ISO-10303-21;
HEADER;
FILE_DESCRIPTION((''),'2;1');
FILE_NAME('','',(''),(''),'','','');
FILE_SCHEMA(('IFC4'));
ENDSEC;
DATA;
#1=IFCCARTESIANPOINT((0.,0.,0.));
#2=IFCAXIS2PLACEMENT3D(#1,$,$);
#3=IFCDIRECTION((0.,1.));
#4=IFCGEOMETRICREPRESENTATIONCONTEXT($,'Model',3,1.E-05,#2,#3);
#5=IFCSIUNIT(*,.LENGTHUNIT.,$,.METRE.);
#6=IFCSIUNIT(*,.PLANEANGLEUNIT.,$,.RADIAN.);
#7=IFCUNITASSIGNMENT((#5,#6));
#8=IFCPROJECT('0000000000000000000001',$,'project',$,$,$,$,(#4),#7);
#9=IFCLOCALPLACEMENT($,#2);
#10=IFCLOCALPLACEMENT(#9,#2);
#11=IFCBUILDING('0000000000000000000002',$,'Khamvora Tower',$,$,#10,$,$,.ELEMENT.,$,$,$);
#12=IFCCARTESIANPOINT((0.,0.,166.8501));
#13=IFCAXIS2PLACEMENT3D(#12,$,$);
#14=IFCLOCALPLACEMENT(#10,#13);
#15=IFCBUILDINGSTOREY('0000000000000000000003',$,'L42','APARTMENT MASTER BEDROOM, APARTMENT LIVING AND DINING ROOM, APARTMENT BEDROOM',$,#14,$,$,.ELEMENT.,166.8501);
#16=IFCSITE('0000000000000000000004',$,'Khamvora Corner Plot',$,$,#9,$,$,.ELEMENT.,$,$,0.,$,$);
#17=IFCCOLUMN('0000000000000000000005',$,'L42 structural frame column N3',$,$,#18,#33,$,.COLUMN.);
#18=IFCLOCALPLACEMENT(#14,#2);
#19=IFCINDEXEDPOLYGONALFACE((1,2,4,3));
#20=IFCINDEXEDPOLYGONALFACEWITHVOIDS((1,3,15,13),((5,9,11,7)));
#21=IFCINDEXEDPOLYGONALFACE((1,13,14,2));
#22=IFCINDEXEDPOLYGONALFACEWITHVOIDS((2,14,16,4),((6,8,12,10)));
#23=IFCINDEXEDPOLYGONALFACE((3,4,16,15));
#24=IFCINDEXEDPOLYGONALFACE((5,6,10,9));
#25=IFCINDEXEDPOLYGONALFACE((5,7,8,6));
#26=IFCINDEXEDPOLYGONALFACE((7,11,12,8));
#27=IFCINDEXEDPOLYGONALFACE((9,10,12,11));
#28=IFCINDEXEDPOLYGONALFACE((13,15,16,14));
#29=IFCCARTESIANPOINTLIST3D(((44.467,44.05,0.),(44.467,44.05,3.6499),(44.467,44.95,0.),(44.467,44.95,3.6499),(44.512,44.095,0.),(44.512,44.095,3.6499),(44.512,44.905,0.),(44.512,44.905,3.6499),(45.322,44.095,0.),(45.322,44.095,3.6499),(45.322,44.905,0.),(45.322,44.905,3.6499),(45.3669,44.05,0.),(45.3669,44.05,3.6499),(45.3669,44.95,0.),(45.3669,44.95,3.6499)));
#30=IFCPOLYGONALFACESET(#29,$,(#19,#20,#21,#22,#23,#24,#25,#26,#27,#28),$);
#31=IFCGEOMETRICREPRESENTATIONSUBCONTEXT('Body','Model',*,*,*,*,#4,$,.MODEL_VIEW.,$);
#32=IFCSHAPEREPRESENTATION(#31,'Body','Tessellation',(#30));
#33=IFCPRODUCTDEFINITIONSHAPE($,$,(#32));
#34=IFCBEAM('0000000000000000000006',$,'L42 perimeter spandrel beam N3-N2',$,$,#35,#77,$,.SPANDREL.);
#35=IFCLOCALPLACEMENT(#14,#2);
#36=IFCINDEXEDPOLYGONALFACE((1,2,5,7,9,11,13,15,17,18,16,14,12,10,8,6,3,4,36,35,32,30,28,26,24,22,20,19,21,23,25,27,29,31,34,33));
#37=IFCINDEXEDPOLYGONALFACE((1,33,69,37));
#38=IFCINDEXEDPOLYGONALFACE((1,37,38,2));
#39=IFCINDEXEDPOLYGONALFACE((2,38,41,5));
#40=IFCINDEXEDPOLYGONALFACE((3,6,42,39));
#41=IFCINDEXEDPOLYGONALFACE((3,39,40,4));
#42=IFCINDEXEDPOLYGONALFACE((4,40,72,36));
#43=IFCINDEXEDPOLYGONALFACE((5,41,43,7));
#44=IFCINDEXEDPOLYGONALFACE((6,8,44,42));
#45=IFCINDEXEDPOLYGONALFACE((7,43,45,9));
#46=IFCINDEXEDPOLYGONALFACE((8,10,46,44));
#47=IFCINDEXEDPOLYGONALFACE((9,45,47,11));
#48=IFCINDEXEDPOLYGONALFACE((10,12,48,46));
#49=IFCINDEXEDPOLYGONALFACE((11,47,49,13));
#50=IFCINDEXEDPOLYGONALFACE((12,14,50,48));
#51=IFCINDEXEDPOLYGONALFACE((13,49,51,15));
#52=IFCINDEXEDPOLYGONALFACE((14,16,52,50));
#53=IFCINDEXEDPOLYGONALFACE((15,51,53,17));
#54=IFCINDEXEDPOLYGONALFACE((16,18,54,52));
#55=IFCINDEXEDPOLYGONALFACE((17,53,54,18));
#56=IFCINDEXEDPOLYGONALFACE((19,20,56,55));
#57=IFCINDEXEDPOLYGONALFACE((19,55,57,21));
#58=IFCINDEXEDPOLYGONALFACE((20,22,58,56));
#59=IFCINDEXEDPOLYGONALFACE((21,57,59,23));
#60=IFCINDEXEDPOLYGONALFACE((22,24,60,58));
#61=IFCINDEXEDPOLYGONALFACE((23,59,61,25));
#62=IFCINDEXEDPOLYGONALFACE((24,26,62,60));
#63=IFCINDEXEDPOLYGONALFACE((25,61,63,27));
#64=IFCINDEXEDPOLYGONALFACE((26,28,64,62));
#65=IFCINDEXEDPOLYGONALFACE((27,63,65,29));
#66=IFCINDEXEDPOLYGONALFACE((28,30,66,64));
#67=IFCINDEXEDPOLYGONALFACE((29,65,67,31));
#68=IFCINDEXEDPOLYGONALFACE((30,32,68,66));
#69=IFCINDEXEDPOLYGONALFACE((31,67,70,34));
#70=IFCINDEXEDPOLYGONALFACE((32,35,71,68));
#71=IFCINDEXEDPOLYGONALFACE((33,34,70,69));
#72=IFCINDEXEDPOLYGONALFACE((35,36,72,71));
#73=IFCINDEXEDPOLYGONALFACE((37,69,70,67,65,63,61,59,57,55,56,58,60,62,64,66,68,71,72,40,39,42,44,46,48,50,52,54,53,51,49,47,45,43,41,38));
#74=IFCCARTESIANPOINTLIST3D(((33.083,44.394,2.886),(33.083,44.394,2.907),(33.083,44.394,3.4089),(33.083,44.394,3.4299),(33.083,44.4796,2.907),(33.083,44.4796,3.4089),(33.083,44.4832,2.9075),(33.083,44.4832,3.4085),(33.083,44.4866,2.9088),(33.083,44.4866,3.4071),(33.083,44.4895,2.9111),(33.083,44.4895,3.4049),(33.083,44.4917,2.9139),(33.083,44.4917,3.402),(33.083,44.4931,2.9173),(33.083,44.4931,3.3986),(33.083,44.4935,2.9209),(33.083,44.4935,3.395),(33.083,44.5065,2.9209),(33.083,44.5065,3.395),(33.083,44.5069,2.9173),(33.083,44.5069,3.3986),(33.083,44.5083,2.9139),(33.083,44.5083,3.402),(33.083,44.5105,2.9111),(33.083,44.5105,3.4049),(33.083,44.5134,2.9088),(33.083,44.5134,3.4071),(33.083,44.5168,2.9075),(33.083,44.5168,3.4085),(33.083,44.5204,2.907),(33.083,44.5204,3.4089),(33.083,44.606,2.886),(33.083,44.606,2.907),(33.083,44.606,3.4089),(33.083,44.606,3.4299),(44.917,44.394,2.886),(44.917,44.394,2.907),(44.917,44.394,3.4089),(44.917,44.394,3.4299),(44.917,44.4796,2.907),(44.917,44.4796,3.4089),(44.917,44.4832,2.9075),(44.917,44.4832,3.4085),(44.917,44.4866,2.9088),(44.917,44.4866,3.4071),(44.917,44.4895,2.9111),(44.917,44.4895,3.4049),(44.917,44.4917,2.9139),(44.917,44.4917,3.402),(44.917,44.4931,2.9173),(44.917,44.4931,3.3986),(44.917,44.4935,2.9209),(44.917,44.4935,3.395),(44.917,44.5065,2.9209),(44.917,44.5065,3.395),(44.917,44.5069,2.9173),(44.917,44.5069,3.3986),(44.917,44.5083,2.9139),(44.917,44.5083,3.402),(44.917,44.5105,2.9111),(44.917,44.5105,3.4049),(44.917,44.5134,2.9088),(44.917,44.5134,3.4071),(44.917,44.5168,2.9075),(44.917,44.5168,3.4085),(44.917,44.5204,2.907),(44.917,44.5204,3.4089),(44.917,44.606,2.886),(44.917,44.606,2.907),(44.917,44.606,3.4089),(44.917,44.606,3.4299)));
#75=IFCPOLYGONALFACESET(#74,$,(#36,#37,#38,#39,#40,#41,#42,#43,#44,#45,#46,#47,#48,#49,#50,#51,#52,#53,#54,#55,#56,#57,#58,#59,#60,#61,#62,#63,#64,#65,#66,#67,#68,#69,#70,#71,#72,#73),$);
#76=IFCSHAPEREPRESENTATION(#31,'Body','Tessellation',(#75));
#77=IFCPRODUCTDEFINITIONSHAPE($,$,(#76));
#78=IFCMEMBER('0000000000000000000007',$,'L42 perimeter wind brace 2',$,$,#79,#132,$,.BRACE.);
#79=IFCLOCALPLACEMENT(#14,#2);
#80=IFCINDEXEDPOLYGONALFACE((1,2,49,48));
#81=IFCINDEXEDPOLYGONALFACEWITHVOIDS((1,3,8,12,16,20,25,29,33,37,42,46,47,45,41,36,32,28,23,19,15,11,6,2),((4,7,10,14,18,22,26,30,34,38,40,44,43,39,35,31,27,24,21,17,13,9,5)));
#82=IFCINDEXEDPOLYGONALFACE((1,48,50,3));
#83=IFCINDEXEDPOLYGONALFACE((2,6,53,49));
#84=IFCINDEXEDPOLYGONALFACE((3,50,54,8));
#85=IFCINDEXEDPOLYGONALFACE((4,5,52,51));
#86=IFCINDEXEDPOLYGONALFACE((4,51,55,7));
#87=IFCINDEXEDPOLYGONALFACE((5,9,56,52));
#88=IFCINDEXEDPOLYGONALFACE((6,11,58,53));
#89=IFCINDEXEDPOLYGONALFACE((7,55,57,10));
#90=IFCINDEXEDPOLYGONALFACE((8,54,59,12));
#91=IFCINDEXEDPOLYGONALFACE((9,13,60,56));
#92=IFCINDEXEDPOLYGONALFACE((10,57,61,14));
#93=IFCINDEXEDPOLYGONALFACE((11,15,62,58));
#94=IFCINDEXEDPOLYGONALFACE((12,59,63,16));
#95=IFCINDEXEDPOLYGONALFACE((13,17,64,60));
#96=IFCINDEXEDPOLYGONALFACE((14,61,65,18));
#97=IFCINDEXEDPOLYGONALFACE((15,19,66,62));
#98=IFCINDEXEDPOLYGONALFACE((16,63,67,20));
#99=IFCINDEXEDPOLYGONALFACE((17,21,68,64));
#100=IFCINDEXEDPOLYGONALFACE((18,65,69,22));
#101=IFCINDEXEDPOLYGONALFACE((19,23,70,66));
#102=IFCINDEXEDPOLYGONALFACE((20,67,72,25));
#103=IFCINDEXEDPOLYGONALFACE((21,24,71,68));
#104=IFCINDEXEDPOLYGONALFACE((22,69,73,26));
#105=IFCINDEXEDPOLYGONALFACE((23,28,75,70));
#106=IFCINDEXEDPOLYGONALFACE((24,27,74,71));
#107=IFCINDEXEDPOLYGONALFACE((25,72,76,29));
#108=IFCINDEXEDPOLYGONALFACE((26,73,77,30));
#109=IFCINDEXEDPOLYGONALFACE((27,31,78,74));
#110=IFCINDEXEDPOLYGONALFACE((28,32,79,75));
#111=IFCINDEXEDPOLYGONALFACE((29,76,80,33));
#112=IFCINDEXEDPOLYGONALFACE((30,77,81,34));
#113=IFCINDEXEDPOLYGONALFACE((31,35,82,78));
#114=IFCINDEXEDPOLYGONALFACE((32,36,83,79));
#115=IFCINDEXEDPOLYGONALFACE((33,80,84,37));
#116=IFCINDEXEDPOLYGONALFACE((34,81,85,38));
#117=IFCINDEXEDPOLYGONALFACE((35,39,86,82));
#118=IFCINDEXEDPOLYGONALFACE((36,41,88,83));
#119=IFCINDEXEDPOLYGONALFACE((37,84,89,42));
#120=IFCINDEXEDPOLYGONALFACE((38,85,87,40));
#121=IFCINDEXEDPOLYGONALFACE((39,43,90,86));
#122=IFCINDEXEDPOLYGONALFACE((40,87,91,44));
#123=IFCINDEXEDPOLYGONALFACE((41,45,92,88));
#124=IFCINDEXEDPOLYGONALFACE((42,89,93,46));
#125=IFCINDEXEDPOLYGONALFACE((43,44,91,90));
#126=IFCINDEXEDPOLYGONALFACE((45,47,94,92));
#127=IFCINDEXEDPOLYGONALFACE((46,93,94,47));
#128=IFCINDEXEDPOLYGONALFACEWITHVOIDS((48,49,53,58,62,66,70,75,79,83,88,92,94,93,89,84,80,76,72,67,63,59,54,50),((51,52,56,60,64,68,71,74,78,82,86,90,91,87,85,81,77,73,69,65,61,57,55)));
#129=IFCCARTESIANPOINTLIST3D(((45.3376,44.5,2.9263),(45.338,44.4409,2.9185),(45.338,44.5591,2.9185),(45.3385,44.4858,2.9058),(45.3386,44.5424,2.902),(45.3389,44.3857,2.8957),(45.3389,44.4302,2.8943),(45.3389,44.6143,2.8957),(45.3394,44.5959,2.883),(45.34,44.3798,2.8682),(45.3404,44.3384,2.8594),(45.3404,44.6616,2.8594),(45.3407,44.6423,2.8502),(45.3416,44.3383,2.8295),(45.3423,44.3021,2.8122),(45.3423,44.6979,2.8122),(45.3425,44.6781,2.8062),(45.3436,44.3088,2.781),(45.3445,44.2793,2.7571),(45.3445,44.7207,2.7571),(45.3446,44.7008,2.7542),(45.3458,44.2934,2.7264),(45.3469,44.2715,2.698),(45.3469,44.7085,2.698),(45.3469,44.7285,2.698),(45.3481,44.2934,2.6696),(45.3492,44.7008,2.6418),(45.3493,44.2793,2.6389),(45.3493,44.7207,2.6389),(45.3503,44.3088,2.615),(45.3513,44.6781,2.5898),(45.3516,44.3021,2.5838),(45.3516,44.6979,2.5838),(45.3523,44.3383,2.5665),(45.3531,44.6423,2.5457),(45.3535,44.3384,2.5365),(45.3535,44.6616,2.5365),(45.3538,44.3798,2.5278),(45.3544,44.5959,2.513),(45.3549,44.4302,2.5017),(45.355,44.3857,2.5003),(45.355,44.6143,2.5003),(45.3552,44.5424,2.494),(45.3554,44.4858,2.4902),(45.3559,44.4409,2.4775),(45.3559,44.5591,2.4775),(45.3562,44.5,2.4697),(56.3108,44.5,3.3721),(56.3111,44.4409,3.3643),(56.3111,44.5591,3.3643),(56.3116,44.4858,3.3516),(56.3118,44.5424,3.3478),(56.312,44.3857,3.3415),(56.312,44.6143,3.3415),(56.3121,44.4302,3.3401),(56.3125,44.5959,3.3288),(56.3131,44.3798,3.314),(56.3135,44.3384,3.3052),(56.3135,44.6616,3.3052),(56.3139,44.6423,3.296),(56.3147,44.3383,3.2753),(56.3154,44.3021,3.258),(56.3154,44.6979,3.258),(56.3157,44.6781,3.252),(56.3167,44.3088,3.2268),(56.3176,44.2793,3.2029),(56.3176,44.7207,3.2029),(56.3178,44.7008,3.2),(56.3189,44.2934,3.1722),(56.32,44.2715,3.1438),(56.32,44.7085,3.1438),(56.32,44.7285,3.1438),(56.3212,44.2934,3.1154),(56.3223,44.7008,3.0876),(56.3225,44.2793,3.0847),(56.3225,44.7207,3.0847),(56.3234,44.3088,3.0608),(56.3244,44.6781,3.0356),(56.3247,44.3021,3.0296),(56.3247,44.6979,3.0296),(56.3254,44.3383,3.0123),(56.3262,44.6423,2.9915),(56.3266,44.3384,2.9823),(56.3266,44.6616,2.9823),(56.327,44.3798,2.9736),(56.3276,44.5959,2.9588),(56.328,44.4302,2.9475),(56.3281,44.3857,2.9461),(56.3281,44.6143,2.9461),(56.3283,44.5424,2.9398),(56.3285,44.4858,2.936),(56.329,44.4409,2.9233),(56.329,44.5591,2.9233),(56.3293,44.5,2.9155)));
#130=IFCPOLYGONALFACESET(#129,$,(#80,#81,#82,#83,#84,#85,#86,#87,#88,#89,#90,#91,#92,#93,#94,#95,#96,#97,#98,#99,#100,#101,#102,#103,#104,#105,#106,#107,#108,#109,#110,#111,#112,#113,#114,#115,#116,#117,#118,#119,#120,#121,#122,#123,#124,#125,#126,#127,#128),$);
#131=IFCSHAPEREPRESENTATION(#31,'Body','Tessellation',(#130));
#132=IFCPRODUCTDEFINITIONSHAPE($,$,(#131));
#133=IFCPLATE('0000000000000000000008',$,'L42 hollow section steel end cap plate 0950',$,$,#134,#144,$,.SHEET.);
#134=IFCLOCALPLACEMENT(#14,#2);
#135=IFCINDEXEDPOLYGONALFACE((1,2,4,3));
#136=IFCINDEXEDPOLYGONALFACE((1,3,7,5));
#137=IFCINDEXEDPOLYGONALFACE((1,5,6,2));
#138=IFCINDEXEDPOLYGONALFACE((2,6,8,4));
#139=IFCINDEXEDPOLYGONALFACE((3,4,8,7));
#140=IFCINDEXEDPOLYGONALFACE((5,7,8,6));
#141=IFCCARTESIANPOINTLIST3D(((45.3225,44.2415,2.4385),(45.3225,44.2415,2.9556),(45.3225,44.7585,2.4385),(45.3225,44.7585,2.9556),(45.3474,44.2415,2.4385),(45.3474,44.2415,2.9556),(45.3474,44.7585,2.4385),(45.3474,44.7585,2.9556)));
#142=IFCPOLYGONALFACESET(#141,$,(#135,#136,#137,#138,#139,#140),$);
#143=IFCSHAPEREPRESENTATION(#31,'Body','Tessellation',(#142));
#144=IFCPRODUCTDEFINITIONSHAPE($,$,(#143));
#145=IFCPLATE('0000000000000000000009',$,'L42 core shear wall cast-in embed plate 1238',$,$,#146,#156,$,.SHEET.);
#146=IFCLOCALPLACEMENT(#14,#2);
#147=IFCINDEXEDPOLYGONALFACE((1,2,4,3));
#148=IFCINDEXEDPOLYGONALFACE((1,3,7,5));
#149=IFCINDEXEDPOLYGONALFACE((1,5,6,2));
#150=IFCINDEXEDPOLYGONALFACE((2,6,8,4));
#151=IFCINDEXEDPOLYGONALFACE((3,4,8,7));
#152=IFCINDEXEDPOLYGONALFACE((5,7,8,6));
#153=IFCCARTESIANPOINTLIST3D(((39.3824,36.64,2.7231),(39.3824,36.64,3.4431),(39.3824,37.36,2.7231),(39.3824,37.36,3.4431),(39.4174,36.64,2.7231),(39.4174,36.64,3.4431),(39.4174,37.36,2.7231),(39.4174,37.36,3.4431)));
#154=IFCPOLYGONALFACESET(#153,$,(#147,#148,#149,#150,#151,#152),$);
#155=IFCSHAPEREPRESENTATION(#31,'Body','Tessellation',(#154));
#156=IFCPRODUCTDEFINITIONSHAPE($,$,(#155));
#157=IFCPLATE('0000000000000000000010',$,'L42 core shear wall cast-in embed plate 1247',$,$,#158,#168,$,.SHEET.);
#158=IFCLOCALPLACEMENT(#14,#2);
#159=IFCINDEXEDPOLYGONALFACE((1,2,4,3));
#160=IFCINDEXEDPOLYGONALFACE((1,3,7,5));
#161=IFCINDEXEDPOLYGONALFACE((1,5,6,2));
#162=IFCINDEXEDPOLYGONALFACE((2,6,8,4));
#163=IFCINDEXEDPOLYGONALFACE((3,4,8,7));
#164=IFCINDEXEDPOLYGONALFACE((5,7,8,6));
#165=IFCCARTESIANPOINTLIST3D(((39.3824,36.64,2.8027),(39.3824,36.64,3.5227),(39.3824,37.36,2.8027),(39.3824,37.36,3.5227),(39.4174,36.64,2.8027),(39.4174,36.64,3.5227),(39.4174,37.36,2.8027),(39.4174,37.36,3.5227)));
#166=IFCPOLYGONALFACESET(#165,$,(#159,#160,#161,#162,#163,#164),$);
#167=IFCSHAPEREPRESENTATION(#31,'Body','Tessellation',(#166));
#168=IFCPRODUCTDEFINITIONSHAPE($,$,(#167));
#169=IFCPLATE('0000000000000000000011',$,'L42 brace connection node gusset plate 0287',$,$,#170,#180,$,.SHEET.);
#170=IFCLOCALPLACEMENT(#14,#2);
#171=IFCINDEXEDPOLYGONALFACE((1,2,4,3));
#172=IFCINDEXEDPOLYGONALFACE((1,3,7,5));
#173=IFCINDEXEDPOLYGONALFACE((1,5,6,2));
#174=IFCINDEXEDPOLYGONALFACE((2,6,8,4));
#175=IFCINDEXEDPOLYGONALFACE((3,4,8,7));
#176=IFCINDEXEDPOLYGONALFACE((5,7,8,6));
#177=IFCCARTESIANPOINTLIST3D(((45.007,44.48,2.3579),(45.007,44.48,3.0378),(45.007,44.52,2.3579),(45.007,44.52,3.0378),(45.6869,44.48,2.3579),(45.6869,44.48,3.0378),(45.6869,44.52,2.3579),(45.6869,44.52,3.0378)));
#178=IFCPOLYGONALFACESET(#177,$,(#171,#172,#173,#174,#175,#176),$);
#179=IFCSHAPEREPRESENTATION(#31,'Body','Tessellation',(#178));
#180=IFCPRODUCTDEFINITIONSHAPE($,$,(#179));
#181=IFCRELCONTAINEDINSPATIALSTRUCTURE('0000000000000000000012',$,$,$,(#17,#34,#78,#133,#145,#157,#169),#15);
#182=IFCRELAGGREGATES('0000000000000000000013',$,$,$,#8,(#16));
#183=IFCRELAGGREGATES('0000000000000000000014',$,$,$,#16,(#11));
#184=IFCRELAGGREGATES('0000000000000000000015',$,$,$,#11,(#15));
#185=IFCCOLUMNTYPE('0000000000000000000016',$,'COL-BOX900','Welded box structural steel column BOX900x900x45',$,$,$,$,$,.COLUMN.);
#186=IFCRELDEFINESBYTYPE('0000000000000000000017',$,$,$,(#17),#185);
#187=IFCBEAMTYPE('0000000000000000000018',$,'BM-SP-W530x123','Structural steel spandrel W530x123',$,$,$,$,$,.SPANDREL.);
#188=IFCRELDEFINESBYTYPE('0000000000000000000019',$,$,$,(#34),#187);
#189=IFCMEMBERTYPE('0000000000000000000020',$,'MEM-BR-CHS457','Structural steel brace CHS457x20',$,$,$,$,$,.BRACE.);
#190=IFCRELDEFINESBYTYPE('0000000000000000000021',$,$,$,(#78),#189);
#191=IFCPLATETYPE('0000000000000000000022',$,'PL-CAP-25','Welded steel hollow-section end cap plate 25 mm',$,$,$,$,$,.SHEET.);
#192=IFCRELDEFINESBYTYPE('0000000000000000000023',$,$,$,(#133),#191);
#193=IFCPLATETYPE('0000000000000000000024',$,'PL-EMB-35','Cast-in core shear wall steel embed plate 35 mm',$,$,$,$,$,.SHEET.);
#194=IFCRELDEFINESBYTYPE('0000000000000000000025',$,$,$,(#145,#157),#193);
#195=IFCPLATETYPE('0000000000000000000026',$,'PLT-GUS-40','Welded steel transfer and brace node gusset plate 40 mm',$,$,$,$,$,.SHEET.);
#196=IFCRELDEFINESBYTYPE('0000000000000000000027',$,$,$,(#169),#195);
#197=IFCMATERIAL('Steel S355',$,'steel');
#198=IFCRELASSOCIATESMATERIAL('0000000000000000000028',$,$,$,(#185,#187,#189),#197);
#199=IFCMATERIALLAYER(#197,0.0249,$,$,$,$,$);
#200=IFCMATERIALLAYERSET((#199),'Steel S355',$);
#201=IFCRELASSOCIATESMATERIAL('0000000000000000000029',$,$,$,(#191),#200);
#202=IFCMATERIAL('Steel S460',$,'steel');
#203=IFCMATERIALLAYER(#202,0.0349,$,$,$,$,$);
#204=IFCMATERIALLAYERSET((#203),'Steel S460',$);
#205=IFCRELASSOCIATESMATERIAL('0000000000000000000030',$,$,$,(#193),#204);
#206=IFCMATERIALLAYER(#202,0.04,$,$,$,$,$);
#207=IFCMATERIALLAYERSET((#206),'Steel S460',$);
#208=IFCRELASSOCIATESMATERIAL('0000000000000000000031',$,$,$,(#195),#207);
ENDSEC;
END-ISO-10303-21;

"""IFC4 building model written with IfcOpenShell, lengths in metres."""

from ifc_helpers import new_model, si_unit, direction, frame, origin, origin_2d, place, context, subcontext, project, spatial, rectangle, hollow_rectangle, hollow_circle, i_section, extrude, material, layer, layer_set, material_profile, profile_set, type_object, element, save


model = new_model("IFC4")

# Units and contexts
model_context = context("Model", 3, precision=1e-05, world=origin(), true_north=direction((0.0, 1.0)))
body_context = subcontext(model_context, "Body", "Model", "MODEL_VIEW")
ifc_project = project(units=[si_unit("LENGTHUNIT", "METRE"), si_unit("PLANEANGLEUNIT", "RADIAN")], contexts=[model_context])

# Site, building, storey
site_placement = place(None, origin())
site = spatial("IfcSite", under=ifc_project, at=site_placement, Name="Khamvora Corner Plot", CompositionType="ELEMENT", RefElevation=0.0)
building_placement = place(site_placement, origin())
building = spatial("IfcBuilding", under=site, at=building_placement, Name="Khamvora Tower", CompositionType="ELEMENT")
storey_placement = place(building_placement, frame((0.0, 0.0, 166.8501)))
storey = spatial("IfcBuildingStorey", under=building, at=storey_placement, Name="L42", Description="APARTMENT MASTER BEDROOM, APARTMENT LIVING AND DINING ROOM, APARTMENT BEDROOM", CompositionType="ELEMENT", Elevation=166.8501)

# Column
ifc_material_1 = material(Name="Steel S355", Category="steel")
ifc_material_profile_1 = material_profile(ifc_material_1, hollow_rectangle(XDim=0.8999, YDim=0.8999, WallThickness=0.0449, at=origin_2d()), Name="BOX900x900x45")
ifc_profile_set_1 = profile_set([ifc_material_profile_1], Name="Steel S355")
column_type = type_object("IfcColumnType", Name="COL-BOX900", Description="Welded box structural steel column BOX900x900x45", PredefinedType="COLUMN", material=ifc_profile_set_1)
column_placement = place(storey_placement, frame((44.917, 44.5, 0.0), z_axis=(0.0, 0.0, 1.0), x_axis=(1.0, 0.0, 0.0)))
element("IfcColumn", 1, at=column_placement, inside=storey, type_object=column_type, Name="L42 structural frame column N3", PredefinedType="COLUMN", context=body_context, shape_type="SweptSolid", body=[
    extrude(hollow_rectangle(XDim=0.8999, YDim=0.8999, WallThickness=0.0449, at=origin_2d()), origin(), (0.0, 0.0, 1.0), 3.6499),
])

# Beam
ifc_material_profile_2 = material_profile(ifc_material_1, i_section(OverallWidth=0.2119, OverallDepth=0.5439, WebThickness=0.0129, FlangeThickness=0.021, FilletRadius=0.0139, at=origin_2d()), Name="W530x123")
ifc_profile_set_2 = profile_set([ifc_material_profile_2], Name="Steel S355")
beam_type = type_object("IfcBeamType", Name="BM-SP-W530x123", Description="Structural steel spandrel W530x123", PredefinedType="SPANDREL", material=ifc_profile_set_2)
beam_placement = place(storey_placement, frame((44.917, 44.5, 3.158), z_axis=(-1.0, 0.0, 0.0), x_axis=(0.0, -1.0, 0.0)))
element("IfcBeam", 2, at=beam_placement, inside=storey, type_object=beam_type, Name="L42 perimeter spandrel beam N3-N2", PredefinedType="SPANDREL", context=body_context, shape_type="SweptSolid", body=[
    extrude(i_section(OverallWidth=0.2119, OverallDepth=0.5439, WebThickness=0.0129, FlangeThickness=0.021, FilletRadius=0.0139, at=origin_2d()), origin(), (0.0, 0.0, 1.0), 11.834),
])

# Member
ifc_material_profile_3 = material_profile(ifc_material_1, hollow_circle(Radius=0.2285, WallThickness=0.02, at=origin_2d()), Name="CHS457x20")
ifc_profile_set_3 = profile_set([ifc_material_profile_3], Name="Steel S355")
member_type = type_object("IfcMemberType", Name="MEM-BR-CHS457", Description="Structural steel brace CHS457x20", PredefinedType="BRACE", material=ifc_profile_set_3)
member_placement = place(storey_placement, frame((45.3469, 44.5, 2.698), z_axis=(0.999176, 0.0, 0.040593), x_axis=(0.0, 1.0, 0.0)))
element("IfcMember", 3, at=member_placement, inside=storey, type_object=member_type, Name="L42 perimeter wind brace 2", PredefinedType="BRACE", context=body_context, shape_type="SweptSolid", body=[
    extrude(hollow_circle(Radius=0.2285, WallThickness=0.02, at=origin_2d()), origin(), (0.0, 0.0, 1.0), 10.9822),
])

# Plates
ifc_layer_1 = layer(ifc_material_1, 0.0249)
ifc_layer_set_1 = layer_set([ifc_layer_1], Name="Steel S355")
plate_type_1 = type_object("IfcPlateType", Name="PL-CAP-25", Description="Welded steel hollow-section end cap plate 25 mm", PredefinedType="SHEET", material=ifc_layer_set_1)
plate_1_placement = place(storey_placement, frame((45.335, 44.5, 2.4385), z_axis=(0.0, 0.0, 1.0), x_axis=(1.0, 0.0, 0.0)))
element("IfcPlate", 4, at=plate_1_placement, inside=storey, type_object=plate_type_1, Name="L42 hollow section steel end cap plate 0950", PredefinedType="SHEET", context=body_context, shape_type="SweptSolid", body=[
    extrude(rectangle(XDim=0.0249, YDim=0.5171, at=origin_2d()), origin(), (0.0, 0.0, 1.0), 0.5171),
])
ifc_material_2 = material(Name="Steel S460", Category="steel")
ifc_layer_2 = layer(ifc_material_2, 0.0349)
ifc_layer_set_2 = layer_set([ifc_layer_2], Name="Steel S460")
plate_type_2 = type_object("IfcPlateType", Name="PL-EMB-35", Description="Cast-in core shear wall steel embed plate 35 mm", PredefinedType="SHEET", material=ifc_layer_set_2)
for number, where, z_axis, x_axis, name in (
    (5, (39.3999, 37.0, 2.7231), (0.0, 0.0, 1.0), (1.0, 0.0, 0.0), "L42 core shear wall cast-in embed plate 1238"),
    (6, (39.3999, 37.0, 2.8027), (0.0, 0.0, 1.0), (1.0, 0.0, 0.0), "L42 core shear wall cast-in embed plate 1247"),
):
    element("IfcPlate", number, at=place(storey_placement, frame(where, z_axis=z_axis, x_axis=x_axis)), inside=storey, type_object=plate_type_2, Name=name, PredefinedType="SHEET", context=body_context, shape_type="SweptSolid", body=[
        extrude(rectangle(XDim=0.0349, YDim=0.72, at=origin_2d()), origin(), (0.0, 0.0, 1.0), 0.72),
    ])
ifc_layer_3 = layer(ifc_material_2, 0.04)
ifc_layer_set_3 = layer_set([ifc_layer_3], Name="Steel S460")
plate_type_3 = type_object("IfcPlateType", Name="PLT-GUS-40", Description="Welded steel transfer and brace node gusset plate 40 mm", PredefinedType="SHEET", material=ifc_layer_set_3)
plate_2_placement = place(storey_placement, frame((45.3469, 44.5, 2.3579), z_axis=(0.0, 0.0, 1.0), x_axis=(1.0, 0.0, 0.0)))
element("IfcPlate", 7, at=plate_2_placement, inside=storey, type_object=plate_type_3, Name="L42 brace connection node gusset plate 0287", PredefinedType="SHEET", context=body_context, shape_type="SweptSolid", body=[
    extrude(rectangle(XDim=0.6799, YDim=0.04, at=origin_2d()), origin(), (0.0, 0.0, 1.0), 0.6799),
])

save(model, "model.ifc")
